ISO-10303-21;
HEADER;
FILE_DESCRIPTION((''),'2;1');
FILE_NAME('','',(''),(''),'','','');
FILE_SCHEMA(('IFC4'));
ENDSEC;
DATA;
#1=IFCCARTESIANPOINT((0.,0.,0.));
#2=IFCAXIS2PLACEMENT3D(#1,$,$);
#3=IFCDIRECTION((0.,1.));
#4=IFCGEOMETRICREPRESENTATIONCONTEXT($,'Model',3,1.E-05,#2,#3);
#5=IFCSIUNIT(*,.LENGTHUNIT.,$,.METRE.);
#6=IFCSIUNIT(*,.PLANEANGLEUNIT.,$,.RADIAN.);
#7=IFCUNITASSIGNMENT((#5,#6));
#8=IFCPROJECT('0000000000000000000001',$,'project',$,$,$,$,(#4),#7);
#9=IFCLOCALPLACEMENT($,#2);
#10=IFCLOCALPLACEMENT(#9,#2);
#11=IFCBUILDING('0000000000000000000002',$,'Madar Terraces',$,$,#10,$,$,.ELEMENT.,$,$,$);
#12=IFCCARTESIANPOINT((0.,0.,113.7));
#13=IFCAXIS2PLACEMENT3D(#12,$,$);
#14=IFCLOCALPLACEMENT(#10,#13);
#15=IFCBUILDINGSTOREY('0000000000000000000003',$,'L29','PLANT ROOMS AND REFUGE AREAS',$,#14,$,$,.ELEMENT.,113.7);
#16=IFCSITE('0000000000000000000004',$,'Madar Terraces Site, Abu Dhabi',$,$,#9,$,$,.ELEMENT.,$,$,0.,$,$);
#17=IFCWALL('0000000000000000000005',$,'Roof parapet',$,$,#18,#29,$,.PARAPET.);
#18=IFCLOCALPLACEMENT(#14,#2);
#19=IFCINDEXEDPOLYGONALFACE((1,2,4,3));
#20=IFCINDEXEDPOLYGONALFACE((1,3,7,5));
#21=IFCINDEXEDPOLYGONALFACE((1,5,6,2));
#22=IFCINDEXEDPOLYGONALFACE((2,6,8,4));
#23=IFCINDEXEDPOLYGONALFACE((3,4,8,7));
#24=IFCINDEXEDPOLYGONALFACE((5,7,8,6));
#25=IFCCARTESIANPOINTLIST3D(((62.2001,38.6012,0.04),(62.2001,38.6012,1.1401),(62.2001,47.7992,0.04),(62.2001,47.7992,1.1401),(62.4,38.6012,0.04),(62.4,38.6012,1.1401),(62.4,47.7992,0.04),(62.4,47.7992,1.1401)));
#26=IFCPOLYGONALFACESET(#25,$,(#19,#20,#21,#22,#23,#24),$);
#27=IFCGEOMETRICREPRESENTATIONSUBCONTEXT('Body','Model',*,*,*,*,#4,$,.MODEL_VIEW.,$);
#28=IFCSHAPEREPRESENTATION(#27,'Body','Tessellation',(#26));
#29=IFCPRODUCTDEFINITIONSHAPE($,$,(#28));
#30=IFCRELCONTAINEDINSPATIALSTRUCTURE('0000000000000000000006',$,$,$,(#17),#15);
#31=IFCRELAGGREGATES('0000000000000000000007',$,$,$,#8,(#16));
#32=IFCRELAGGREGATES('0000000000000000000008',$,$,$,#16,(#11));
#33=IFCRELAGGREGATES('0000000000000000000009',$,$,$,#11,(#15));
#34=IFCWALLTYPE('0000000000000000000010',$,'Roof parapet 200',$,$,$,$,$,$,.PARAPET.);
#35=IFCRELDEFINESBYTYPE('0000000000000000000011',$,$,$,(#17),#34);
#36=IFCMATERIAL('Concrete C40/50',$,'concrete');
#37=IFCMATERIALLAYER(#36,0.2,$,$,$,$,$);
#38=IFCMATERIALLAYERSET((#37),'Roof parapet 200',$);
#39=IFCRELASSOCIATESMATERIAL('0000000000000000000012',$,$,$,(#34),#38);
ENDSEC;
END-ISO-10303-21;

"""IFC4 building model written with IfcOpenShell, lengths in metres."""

from ifc_helpers import new_model, si_unit, direction, frame, frame_2d, origin, place, context, subcontext, project, spatial, rectangle, extrude, material, layer, layer_set, type_object, element, save


model = new_model("IFC4")

# Units and contexts
model_context = context("Model", 3, precision=1e-05, world=origin(), true_north=direction((0.0, 1.0)))
body_context = subcontext(model_context, "Body", "Model", "MODEL_VIEW")
ifc_project = project(units=[si_unit("LENGTHUNIT", "METRE"), si_unit("PLANEANGLEUNIT", "RADIAN")], contexts=[model_context])

# Site, building, storey
site_placement = place(None, origin())
site = spatial("IfcSite", under=ifc_project, at=site_placement, Name="Madar Terraces Site, Abu Dhabi", CompositionType="ELEMENT", RefElevation=0.0)
building_placement = place(site_placement, origin())
building = spatial("IfcBuilding", under=site, at=building_placement, Name="Madar Terraces", CompositionType="ELEMENT")
storey_placement = place(building_placement, frame((0.0, 0.0, 113.7)))
storey = spatial("IfcBuildingStorey", under=building, at=storey_placement, Name="L29", Description="PLANT ROOMS AND REFUGE AREAS", CompositionType="ELEMENT", Elevation=113.7)

# Wall
ifc_material_1 = material(Name="Concrete C40/50", Category="concrete")
ifc_layer_1 = layer(ifc_material_1, 0.2)
ifc_layer_set_1 = layer_set([ifc_layer_1], Name="Roof parapet 200")
wall_type = type_object("IfcWallType", Name="Roof parapet 200", PredefinedType="PARAPET", material=ifc_layer_set_1)
wall_placement = place(storey_placement, frame((62.3, 38.6011, 0.04), z_axis=(0.0, 0.0, 1.0), x_axis=(0.0, 1.0, 0.0)))
element("IfcWall", 1, at=wall_placement, inside=storey, type_object=wall_type, Name="Roof parapet", PredefinedType="PARAPET", context=body_context, shape_type="SweptSolid", body=[
    extrude(rectangle(XDim=9.198, YDim=0.2, at=frame_2d((4.5991, 0.0))), origin(), (0.0, 0.0, 1.0), 1.1001),
])

save(model, "model.ifc")
